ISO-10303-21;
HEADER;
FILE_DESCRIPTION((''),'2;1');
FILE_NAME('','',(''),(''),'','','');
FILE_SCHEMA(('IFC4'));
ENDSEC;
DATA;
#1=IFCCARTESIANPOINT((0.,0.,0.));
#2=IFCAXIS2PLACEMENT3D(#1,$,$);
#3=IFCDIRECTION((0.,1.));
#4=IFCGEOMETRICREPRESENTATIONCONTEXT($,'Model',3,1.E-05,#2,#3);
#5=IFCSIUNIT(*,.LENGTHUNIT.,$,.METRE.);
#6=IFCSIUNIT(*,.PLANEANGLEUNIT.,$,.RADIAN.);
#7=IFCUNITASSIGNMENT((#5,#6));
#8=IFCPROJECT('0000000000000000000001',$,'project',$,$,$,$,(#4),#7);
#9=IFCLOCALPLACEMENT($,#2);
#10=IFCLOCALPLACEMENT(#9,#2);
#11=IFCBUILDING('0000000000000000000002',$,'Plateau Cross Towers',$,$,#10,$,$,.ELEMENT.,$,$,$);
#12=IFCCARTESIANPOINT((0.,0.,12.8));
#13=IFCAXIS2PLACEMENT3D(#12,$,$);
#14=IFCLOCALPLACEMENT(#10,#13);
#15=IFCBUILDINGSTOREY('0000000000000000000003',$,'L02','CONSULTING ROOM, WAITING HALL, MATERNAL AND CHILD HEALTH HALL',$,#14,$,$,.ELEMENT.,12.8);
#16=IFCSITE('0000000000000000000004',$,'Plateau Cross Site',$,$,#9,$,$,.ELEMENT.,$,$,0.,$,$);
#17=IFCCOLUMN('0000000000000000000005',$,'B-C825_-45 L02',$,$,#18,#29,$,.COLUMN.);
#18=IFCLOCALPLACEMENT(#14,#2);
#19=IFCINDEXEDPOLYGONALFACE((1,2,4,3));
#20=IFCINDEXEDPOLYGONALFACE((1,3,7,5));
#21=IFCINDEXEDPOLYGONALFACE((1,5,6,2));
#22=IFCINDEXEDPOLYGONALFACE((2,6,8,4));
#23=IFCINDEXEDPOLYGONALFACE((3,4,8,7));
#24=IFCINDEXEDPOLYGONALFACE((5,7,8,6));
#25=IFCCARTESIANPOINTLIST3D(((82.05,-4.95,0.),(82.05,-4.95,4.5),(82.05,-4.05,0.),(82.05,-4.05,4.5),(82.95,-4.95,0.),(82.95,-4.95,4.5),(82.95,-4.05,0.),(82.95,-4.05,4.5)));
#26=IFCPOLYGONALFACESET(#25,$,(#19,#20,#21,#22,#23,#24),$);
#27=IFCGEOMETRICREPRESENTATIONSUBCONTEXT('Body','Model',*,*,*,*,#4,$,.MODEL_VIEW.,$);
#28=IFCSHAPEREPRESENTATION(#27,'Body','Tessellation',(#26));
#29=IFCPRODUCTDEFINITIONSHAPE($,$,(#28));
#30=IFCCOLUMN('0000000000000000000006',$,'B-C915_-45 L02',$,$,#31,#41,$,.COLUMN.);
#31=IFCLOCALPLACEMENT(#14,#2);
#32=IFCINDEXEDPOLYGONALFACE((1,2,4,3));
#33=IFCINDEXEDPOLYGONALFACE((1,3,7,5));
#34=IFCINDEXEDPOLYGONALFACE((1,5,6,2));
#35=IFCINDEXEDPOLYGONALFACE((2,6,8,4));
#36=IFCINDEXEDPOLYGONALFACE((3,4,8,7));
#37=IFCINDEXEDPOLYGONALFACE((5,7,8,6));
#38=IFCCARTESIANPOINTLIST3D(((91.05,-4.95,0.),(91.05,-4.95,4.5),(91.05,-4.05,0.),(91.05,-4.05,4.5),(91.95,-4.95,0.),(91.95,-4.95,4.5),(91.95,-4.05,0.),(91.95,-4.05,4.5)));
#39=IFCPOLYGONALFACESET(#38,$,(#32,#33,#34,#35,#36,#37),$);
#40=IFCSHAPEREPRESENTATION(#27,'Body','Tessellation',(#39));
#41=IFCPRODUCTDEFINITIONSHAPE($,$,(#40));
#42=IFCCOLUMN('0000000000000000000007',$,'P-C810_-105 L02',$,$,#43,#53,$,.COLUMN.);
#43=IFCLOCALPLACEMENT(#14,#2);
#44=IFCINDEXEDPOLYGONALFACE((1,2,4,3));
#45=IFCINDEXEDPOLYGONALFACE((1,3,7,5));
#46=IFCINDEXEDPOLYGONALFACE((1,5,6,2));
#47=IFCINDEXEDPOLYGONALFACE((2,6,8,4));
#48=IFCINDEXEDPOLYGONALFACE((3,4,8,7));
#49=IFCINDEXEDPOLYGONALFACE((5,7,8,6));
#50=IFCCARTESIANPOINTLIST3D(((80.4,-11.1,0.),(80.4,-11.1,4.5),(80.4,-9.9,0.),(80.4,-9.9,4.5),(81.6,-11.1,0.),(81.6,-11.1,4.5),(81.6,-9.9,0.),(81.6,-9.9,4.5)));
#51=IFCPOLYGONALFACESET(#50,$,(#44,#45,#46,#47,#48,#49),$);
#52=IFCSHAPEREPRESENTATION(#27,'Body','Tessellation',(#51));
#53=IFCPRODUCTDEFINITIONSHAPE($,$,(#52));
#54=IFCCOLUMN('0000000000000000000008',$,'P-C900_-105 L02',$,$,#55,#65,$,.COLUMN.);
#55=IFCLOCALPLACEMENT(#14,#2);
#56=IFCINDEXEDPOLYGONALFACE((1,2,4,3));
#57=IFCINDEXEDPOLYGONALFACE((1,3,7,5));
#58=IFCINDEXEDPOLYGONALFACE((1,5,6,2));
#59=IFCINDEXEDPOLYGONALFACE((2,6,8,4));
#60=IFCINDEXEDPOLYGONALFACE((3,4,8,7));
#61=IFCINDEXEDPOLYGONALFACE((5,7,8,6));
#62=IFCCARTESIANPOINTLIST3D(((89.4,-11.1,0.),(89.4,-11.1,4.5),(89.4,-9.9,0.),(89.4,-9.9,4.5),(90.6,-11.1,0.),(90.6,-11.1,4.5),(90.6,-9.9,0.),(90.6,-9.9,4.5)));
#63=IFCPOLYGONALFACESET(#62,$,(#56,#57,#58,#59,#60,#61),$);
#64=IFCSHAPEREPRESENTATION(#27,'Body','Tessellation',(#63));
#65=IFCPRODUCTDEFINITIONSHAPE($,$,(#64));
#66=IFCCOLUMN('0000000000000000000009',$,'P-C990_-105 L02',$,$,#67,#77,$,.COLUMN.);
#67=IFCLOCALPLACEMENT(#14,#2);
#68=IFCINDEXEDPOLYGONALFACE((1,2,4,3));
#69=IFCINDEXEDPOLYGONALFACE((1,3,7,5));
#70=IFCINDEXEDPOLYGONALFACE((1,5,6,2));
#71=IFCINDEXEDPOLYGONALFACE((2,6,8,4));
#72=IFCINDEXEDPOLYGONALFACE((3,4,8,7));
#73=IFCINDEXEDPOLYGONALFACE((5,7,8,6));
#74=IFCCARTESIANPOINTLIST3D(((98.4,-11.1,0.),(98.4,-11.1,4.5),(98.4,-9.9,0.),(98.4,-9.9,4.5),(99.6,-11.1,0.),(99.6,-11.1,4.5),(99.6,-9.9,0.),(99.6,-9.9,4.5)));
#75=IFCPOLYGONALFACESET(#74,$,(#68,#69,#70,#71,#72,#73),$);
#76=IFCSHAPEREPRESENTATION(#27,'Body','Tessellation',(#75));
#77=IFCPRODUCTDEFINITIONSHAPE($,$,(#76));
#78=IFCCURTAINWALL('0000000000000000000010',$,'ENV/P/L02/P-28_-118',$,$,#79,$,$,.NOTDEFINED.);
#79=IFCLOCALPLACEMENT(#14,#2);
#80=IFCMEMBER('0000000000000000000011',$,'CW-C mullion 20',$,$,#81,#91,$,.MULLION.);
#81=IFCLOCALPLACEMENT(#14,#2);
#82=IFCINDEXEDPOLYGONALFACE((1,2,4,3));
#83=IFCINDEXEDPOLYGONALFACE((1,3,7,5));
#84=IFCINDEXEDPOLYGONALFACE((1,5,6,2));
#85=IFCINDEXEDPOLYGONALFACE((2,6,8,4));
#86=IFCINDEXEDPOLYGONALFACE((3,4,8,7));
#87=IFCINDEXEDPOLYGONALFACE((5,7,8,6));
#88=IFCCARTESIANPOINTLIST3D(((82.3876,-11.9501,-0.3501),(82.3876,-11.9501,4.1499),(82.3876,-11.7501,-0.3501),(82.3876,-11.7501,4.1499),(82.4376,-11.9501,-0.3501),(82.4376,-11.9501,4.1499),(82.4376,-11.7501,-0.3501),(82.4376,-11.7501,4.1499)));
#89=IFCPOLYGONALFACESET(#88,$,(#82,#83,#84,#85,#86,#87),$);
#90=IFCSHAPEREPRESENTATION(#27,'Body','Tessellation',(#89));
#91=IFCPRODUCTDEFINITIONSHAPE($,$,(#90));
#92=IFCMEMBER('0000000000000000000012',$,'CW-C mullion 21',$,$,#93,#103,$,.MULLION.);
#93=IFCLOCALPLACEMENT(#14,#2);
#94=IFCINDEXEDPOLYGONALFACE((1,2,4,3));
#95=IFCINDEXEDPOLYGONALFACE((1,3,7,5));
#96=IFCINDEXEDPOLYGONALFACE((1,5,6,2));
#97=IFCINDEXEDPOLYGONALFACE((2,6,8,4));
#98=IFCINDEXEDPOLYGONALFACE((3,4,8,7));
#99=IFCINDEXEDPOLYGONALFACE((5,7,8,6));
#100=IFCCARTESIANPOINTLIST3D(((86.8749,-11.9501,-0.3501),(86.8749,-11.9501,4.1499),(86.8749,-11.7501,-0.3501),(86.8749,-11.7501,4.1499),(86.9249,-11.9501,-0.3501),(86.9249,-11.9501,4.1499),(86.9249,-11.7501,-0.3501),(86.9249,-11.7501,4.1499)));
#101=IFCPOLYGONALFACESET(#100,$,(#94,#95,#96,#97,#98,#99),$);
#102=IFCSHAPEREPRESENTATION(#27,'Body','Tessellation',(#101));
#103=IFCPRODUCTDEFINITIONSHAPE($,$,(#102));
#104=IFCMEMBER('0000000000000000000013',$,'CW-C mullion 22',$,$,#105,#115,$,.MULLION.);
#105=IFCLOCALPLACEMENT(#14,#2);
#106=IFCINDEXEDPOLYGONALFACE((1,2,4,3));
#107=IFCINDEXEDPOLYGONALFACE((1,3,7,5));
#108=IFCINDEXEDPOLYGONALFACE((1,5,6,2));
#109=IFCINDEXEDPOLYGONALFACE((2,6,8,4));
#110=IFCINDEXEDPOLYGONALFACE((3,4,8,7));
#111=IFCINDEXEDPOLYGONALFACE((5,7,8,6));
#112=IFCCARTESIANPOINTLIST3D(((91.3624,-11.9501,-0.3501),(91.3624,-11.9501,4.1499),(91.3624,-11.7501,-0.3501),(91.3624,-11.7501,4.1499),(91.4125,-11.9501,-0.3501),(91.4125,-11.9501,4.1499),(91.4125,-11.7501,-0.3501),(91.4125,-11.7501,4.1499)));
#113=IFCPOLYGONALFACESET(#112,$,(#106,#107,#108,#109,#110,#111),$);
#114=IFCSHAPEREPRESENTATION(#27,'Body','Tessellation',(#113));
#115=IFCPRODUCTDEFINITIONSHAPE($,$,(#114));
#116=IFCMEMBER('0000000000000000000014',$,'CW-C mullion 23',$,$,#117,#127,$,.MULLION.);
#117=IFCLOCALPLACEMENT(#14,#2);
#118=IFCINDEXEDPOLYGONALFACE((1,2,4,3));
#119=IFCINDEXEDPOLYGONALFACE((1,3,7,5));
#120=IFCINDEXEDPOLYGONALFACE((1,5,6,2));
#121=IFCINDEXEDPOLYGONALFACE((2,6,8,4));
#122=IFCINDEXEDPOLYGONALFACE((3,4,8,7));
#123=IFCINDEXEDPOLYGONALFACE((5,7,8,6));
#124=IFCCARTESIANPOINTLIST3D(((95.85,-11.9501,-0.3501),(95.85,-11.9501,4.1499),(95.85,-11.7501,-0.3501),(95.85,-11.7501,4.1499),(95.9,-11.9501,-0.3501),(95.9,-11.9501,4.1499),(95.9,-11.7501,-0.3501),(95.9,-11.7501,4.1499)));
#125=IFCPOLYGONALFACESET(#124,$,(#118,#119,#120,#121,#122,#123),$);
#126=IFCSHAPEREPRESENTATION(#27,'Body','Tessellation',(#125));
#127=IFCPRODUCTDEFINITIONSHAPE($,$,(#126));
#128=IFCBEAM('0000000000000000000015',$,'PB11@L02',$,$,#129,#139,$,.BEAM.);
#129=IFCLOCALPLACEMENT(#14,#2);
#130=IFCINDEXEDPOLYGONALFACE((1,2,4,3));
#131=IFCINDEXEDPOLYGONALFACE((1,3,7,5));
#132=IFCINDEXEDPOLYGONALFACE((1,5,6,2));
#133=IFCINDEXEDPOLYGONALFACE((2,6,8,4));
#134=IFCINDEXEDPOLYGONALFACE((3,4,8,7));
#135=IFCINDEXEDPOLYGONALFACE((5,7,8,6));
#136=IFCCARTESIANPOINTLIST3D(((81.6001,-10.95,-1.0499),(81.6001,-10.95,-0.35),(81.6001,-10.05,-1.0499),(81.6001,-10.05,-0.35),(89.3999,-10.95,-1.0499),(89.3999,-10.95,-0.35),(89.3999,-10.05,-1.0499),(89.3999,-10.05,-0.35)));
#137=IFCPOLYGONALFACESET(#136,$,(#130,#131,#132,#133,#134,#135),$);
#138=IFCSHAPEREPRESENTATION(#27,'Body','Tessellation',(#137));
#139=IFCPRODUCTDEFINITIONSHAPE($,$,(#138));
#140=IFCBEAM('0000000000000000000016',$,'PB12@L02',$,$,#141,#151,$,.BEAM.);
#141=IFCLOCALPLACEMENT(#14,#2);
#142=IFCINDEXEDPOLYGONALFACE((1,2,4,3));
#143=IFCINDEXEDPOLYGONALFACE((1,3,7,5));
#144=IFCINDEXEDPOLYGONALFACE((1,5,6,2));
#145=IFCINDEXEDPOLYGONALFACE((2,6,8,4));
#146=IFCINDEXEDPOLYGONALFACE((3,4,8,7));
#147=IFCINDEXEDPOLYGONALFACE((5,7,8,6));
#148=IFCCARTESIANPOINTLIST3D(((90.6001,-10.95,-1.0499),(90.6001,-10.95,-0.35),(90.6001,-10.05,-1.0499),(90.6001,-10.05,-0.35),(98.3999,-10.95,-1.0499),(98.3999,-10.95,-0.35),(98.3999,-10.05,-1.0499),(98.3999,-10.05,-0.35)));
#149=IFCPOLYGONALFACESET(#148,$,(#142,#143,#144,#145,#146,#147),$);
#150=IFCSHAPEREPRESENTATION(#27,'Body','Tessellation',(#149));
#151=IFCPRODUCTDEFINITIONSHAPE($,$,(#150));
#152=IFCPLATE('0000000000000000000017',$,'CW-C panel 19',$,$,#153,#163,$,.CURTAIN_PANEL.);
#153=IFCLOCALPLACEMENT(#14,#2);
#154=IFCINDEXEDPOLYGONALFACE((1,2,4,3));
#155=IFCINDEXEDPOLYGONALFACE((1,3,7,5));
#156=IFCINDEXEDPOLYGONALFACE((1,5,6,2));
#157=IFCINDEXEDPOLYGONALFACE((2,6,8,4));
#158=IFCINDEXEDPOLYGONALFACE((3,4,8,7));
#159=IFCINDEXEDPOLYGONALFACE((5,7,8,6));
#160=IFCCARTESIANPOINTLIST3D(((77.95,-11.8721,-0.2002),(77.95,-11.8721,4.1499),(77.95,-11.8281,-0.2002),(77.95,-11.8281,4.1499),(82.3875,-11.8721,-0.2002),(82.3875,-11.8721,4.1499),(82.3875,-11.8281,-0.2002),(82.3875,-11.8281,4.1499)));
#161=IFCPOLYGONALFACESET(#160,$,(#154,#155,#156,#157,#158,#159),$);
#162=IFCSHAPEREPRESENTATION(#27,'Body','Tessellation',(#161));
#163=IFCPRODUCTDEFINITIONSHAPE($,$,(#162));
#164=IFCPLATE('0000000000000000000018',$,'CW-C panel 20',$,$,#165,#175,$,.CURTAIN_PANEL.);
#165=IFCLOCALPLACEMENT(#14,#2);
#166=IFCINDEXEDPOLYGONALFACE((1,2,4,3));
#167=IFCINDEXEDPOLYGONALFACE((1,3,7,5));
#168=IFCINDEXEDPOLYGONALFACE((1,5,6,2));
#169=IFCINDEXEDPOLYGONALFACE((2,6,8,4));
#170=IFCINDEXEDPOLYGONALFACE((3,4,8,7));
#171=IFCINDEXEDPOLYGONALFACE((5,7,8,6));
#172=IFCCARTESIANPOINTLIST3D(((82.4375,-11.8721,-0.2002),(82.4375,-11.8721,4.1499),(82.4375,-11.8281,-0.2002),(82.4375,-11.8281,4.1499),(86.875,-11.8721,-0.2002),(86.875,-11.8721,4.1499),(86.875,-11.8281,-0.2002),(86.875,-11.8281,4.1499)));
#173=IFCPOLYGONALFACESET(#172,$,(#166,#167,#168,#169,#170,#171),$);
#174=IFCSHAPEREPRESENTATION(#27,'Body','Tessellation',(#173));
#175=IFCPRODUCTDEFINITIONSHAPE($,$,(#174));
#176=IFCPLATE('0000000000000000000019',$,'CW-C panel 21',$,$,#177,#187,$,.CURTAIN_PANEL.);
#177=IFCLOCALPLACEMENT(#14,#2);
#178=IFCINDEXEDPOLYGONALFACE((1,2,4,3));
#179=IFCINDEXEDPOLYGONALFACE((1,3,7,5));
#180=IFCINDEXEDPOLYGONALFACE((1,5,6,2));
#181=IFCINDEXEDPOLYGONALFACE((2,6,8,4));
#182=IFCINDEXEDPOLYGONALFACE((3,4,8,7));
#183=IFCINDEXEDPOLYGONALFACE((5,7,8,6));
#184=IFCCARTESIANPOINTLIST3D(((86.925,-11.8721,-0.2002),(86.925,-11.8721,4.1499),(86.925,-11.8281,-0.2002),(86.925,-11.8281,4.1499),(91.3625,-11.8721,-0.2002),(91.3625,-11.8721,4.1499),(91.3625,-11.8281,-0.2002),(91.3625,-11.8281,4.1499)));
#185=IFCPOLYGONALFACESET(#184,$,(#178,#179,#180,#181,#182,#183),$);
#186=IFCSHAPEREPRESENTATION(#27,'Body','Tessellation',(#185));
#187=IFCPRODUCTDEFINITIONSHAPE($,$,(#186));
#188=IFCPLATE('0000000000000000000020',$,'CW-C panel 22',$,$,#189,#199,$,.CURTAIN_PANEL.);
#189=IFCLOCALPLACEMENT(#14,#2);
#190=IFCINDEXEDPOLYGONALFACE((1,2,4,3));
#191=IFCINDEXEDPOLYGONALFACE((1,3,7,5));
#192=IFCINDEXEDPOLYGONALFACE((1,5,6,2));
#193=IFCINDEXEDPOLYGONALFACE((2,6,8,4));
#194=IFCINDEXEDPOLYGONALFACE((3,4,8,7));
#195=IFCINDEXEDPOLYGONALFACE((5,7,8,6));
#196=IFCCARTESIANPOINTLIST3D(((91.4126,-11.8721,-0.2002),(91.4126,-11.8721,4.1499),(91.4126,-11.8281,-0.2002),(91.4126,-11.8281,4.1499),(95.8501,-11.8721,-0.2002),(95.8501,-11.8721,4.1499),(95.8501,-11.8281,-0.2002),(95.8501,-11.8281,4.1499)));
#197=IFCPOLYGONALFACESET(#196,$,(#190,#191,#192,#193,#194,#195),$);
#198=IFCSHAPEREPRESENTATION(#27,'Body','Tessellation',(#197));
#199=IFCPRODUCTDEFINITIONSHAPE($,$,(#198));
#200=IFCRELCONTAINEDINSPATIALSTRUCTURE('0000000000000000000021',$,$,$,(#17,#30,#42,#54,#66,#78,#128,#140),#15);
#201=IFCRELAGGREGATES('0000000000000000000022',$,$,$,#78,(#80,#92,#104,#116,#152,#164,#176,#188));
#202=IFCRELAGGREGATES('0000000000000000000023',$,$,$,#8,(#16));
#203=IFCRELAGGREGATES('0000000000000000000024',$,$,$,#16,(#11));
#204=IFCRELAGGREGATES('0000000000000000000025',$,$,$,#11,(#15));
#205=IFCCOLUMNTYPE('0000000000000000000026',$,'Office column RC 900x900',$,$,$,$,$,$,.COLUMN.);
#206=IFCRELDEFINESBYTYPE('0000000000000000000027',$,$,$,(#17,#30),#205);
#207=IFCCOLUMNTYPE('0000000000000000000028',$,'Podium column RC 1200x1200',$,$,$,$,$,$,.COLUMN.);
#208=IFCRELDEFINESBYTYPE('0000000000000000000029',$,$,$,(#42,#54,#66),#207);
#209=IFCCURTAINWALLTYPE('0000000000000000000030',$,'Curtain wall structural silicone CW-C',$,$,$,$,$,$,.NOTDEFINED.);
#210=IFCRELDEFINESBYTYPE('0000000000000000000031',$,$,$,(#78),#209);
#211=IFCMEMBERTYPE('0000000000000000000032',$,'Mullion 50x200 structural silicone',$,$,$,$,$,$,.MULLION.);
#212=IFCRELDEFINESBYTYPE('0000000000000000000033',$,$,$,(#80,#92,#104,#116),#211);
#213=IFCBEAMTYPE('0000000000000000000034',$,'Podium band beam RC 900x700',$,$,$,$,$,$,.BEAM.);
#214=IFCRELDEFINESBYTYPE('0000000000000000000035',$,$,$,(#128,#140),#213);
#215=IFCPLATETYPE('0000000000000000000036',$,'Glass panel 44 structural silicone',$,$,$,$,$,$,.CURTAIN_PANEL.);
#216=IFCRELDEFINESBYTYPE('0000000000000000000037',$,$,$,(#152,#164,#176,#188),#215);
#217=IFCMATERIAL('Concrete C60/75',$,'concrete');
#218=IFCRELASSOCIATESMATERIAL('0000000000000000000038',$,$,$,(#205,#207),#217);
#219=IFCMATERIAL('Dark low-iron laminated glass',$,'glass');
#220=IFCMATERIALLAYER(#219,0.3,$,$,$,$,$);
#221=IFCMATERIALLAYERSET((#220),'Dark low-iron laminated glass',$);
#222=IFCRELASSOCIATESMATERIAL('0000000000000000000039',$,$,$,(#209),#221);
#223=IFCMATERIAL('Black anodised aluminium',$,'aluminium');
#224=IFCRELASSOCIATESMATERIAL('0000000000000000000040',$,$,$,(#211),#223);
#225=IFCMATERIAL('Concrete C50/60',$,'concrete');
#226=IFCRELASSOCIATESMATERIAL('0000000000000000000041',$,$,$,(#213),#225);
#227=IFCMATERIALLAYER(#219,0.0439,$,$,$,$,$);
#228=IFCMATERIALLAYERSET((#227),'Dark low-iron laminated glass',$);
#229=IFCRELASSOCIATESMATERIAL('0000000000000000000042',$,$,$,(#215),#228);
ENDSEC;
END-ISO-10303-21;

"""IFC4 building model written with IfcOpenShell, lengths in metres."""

from ifc_helpers import new_model, si_unit, direction, frame, origin, origin_2d, place, context, subcontext, project, spatial, rectangle, extrude, material, layer, layer_set, material_profile, profile_set, type_object, element, aggregate, save


model = new_model("IFC4")

# Units and contexts
model_context = context("Model", 3, precision=1e-05, world=origin(), true_north=direction((0.0, 1.0)))
body_context = subcontext(model_context, "Body", "Model", "MODEL_VIEW")
ifc_project = project(units=[si_unit("LENGTHUNIT", "METRE"), si_unit("PLANEANGLEUNIT", "RADIAN")], contexts=[model_context])

# Site, building, storey
site_placement = place(None, origin())
site = spatial("IfcSite", under=ifc_project, at=site_placement, Name="Plateau Cross Site", CompositionType="ELEMENT", RefElevation=0.0)
building_placement = place(site_placement, origin())
building = spatial("IfcBuilding", under=site, at=building_placement, Name="Plateau Cross Towers", CompositionType="ELEMENT")
storey_placement = place(building_placement, frame((0.0, 0.0, 12.8)))
storey = spatial("IfcBuildingStorey", under=building, at=storey_placement, Name="L02", Description="CONSULTING ROOM, WAITING HALL, MATERNAL AND CHILD HEALTH HALL", CompositionType="ELEMENT", Elevation=12.8)

# Columns
ifc_material_1 = material(Name="Concrete C60/75", Category="concrete")
ifc_material_profile_1 = material_profile(ifc_material_1, rectangle(XDim=0.8999, YDim=0.8999, at=origin_2d()), Name="RC 900x900")
ifc_profile_set_1 = profile_set([ifc_material_profile_1], Name="Concrete C60/75")
column_type_1 = type_object("IfcColumnType", Name="Office column RC 900x900", PredefinedType="COLUMN", material=ifc_profile_set_1)
for number, where, z_axis, x_axis, name in (
    (1, (82.5, -4.5, 0.0), (0.0, 0.0, 1.0), (1.0, 0.0, 0.0), "B-C825_-45 L02"),
    (2, (91.5, -4.5, 0.0), (0.0, 0.0, 1.0), (1.0, 0.0, 0.0), "B-C915_-45 L02"),
):
    element("IfcColumn", number, at=place(storey_placement, frame(where, z_axis=z_axis, x_axis=x_axis)), inside=storey, type_object=column_type_1, Name=name, PredefinedType="COLUMN", context=body_context, shape_type="SweptSolid", body=[
        extrude(rectangle(XDim=0.8999, YDim=0.8999, at=origin_2d()), origin(), (0.0, 0.0, 1.0), 4.5),
    ])
ifc_material_profile_2 = material_profile(ifc_material_1, rectangle(XDim=1.2, YDim=1.2, at=origin_2d()), Name="RC 1200x1200")
ifc_profile_set_2 = profile_set([ifc_material_profile_2], Name="Concrete C60/75")
column_type_2 = type_object("IfcColumnType", Name="Podium column RC 1200x1200", PredefinedType="COLUMN", material=ifc_profile_set_2)
for number, where, z_axis, x_axis, name in (
    (3, (81.0, -10.5, 0.0), (0.0, 0.0, 1.0), (1.0, 0.0, 0.0), "P-C810_-105 L02"),
    (4, (90.0, -10.5, 0.0), (0.0, 0.0, 1.0), (1.0, 0.0, 0.0), "P-C900_-105 L02"),
    (5, (99.0, -10.5, 0.0), (0.0, 0.0, 1.0), (1.0, 0.0, 0.0), "P-C990_-105 L02"),
):
    element("IfcColumn", number, at=place(storey_placement, frame(where, z_axis=z_axis, x_axis=x_axis)), inside=storey, type_object=column_type_2, Name=name, PredefinedType="COLUMN", context=body_context, shape_type="SweptSolid", body=[
        extrude(rectangle(XDim=1.2, YDim=1.2, at=origin_2d()), origin(), (0.0, 0.0, 1.0), 4.5),
    ])

# Curtain wall, members
ifc_material_2 = material(Name="Dark low-iron laminated glass", Category="glass")
ifc_layer_1 = layer(ifc_material_2, 0.3)
ifc_layer_set_1 = layer_set([ifc_layer_1], Name="Dark low-iron laminated glass")
curtain_wall_type = type_object("IfcCurtainWallType", Name="Curtain wall structural silicone CW-C", PredefinedType="NOTDEFINED", material=ifc_layer_set_1)
curtain_wall_placement = place(storey_placement, origin())
curtain_wall = element("IfcCurtainWall", 6, at=curtain_wall_placement, inside=storey, type_object=curtain_wall_type, Name="ENV/P/L02/P-28_-118", PredefinedType="NOTDEFINED")
ifc_material_3 = material(Name="Black anodised aluminium", Category="aluminium")
ifc_material_profile_3 = material_profile(ifc_material_3, rectangle(XDim=0.05, YDim=0.2, at=origin_2d()), Name="MULLION 50x200")
ifc_profile_set_3 = profile_set([ifc_material_profile_3], Name="Black anodised aluminium")
member_type = type_object("IfcMemberType", Name="Mullion 50x200 structural silicone", PredefinedType="MULLION", material=ifc_profile_set_3)
member_1_placement = place(storey_placement, frame((82.4126, -11.8501, -0.3501), z_axis=(0.0, 0.0, 1.0), x_axis=(1.0, 0.0, 0.0)))
member_1 = element("IfcMember", 7, at=member_1_placement, type_object=member_type, Name="CW-C mullion 20", PredefinedType="MULLION", context=body_context, shape_type="SweptSolid", body=[
    extrude(rectangle(XDim=0.05, YDim=0.2, at=origin_2d()), origin(), (0.0, 0.0, 1.0), 4.5),
])
member_2_placement = place(storey_placement, frame((86.8999, -11.8501, -0.3501), z_axis=(0.0, 0.0, 1.0), x_axis=(1.0, 0.0, 0.0)))
member_2 = element("IfcMember", 8, at=member_2_placement, type_object=member_type, Name="CW-C mullion 21", PredefinedType="MULLION", context=body_context, shape_type="SweptSolid", body=[
    extrude(rectangle(XDim=0.05, YDim=0.2, at=origin_2d()), origin(), (0.0, 0.0, 1.0), 4.5),
])
member_3_placement = place(storey_placement, frame((91.3875, -11.8501, -0.3501), z_axis=(0.0, 0.0, 1.0), x_axis=(1.0, 0.0, 0.0)))
member_3 = element("IfcMember", 9, at=member_3_placement, type_object=member_type, Name="CW-C mullion 22", PredefinedType="MULLION", context=body_context, shape_type="SweptSolid", body=[
    extrude(rectangle(XDim=0.05, YDim=0.2, at=origin_2d()), origin(), (0.0, 0.0, 1.0), 4.5),
])
member_4_placement = place(storey_placement, frame((95.875, -11.8501, -0.3501), z_axis=(0.0, 0.0, 1.0), x_axis=(1.0, 0.0, 0.0)))
member_4 = element("IfcMember", 10, at=member_4_placement, type_object=member_type, Name="CW-C mullion 23", PredefinedType="MULLION", context=body_context, shape_type="SweptSolid", body=[
    extrude(rectangle(XDim=0.05, YDim=0.2, at=origin_2d()), origin(), (0.0, 0.0, 1.0), 4.5),
])

# Beams
ifc_material_4 = material(Name="Concrete C50/60", Category="concrete")
ifc_material_profile_4 = material_profile(ifc_material_4, rectangle(XDim=0.8999, YDim=0.7, at=origin_2d()), Name="RC 900x700")
ifc_profile_set_4 = profile_set([ifc_material_profile_4], Name="Concrete C50/60")
beam_type = type_object("IfcBeamType", Name="Podium band beam RC 900x700", PredefinedType="BEAM", material=ifc_profile_set_4)
for number, where, z_axis, x_axis, name in (
    (11, (81.6001, -10.5, -0.7), (1.0, 0.0, 0.0), (0.0, 1.0, 0.0), "PB11@L02"),
    (12, (90.6001, -10.5, -0.7), (1.0, 0.0, 0.0), (0.0, 1.0, 0.0), "PB12@L02"),
):
    element("IfcBeam", number, at=place(storey_placement, frame(where, z_axis=z_axis, x_axis=x_axis)), inside=storey, type_object=beam_type, Name=name, PredefinedType="BEAM", context=body_context, shape_type="SweptSolid", body=[
        extrude(rectangle(XDim=0.8999, YDim=0.7, at=origin_2d()), origin(), (0.0, 0.0, 1.0), 7.7998),
    ])

# Plates
ifc_layer_2 = layer(ifc_material_2, 0.0439)
ifc_layer_set_2 = layer_set([ifc_layer_2], Name="Dark low-iron laminated glass")
plate_type = type_object("IfcPlateType", Name="Glass panel 44 structural silicone", PredefinedType="CURTAIN_PANEL", material=ifc_layer_set_2)
plate_1_placement = place(storey_placement, frame((80.1687, -11.8501, -0.2002), z_axis=(0.0, 0.0, 1.0), x_axis=(1.0, 0.0, 0.0)))
plate_1 = element("IfcPlate", 13, at=plate_1_placement, type_object=plate_type, Name="CW-C panel 19", PredefinedType="CURTAIN_PANEL", context=body_context, shape_type="SweptSolid", body=[
    extrude(rectangle(XDim=4.4375, YDim=0.0439, at=origin_2d()), origin(), (0.0, 0.0, 1.0), 4.3501),
])
plate_2_placement = place(storey_placement, frame((84.6562, -11.8501, -0.2002), z_axis=(0.0, 0.0, 1.0), x_axis=(1.0, 0.0, 0.0)))
plate_2 = element("IfcPlate", 14, at=plate_2_placement, type_object=plate_type, Name="CW-C panel 20", PredefinedType="CURTAIN_PANEL", context=body_context, shape_type="SweptSolid", body=[
    extrude(rectangle(XDim=4.4375, YDim=0.0439, at=origin_2d()), origin(), (0.0, 0.0, 1.0), 4.3501),
])
plate_3_placement = place(storey_placement, frame((89.1438, -11.8501, -0.2002), z_axis=(0.0, 0.0, 1.0), x_axis=(1.0, 0.0, 0.0)))
plate_3 = element("IfcPlate", 15, at=plate_3_placement, type_object=plate_type, Name="CW-C panel 21", PredefinedType="CURTAIN_PANEL", context=body_context, shape_type="SweptSolid", body=[
    extrude(rectangle(XDim=4.4375, YDim=0.0439, at=origin_2d()), origin(), (0.0, 0.0, 1.0), 4.3501),
])
plate_4_placement = place(storey_placement, frame((93.6313, -11.8501, -0.2002), z_axis=(0.0, 0.0, 1.0), x_axis=(1.0, 0.0, 0.0)))
plate_4 = element("IfcPlate", 16, at=plate_4_placement, type_object=plate_type, Name="CW-C panel 22", PredefinedType="CURTAIN_PANEL", context=body_context, shape_type="SweptSolid", body=[
    extrude(rectangle(XDim=4.4375, YDim=0.0439, at=origin_2d()), origin(), (0.0, 0.0, 1.0), 4.3501),
])
aggregate(curtain_wall, [member_1, member_2, member_3, member_4, plate_1, plate_2, plate_3, plate_4])

save(model, "model.ifc")
